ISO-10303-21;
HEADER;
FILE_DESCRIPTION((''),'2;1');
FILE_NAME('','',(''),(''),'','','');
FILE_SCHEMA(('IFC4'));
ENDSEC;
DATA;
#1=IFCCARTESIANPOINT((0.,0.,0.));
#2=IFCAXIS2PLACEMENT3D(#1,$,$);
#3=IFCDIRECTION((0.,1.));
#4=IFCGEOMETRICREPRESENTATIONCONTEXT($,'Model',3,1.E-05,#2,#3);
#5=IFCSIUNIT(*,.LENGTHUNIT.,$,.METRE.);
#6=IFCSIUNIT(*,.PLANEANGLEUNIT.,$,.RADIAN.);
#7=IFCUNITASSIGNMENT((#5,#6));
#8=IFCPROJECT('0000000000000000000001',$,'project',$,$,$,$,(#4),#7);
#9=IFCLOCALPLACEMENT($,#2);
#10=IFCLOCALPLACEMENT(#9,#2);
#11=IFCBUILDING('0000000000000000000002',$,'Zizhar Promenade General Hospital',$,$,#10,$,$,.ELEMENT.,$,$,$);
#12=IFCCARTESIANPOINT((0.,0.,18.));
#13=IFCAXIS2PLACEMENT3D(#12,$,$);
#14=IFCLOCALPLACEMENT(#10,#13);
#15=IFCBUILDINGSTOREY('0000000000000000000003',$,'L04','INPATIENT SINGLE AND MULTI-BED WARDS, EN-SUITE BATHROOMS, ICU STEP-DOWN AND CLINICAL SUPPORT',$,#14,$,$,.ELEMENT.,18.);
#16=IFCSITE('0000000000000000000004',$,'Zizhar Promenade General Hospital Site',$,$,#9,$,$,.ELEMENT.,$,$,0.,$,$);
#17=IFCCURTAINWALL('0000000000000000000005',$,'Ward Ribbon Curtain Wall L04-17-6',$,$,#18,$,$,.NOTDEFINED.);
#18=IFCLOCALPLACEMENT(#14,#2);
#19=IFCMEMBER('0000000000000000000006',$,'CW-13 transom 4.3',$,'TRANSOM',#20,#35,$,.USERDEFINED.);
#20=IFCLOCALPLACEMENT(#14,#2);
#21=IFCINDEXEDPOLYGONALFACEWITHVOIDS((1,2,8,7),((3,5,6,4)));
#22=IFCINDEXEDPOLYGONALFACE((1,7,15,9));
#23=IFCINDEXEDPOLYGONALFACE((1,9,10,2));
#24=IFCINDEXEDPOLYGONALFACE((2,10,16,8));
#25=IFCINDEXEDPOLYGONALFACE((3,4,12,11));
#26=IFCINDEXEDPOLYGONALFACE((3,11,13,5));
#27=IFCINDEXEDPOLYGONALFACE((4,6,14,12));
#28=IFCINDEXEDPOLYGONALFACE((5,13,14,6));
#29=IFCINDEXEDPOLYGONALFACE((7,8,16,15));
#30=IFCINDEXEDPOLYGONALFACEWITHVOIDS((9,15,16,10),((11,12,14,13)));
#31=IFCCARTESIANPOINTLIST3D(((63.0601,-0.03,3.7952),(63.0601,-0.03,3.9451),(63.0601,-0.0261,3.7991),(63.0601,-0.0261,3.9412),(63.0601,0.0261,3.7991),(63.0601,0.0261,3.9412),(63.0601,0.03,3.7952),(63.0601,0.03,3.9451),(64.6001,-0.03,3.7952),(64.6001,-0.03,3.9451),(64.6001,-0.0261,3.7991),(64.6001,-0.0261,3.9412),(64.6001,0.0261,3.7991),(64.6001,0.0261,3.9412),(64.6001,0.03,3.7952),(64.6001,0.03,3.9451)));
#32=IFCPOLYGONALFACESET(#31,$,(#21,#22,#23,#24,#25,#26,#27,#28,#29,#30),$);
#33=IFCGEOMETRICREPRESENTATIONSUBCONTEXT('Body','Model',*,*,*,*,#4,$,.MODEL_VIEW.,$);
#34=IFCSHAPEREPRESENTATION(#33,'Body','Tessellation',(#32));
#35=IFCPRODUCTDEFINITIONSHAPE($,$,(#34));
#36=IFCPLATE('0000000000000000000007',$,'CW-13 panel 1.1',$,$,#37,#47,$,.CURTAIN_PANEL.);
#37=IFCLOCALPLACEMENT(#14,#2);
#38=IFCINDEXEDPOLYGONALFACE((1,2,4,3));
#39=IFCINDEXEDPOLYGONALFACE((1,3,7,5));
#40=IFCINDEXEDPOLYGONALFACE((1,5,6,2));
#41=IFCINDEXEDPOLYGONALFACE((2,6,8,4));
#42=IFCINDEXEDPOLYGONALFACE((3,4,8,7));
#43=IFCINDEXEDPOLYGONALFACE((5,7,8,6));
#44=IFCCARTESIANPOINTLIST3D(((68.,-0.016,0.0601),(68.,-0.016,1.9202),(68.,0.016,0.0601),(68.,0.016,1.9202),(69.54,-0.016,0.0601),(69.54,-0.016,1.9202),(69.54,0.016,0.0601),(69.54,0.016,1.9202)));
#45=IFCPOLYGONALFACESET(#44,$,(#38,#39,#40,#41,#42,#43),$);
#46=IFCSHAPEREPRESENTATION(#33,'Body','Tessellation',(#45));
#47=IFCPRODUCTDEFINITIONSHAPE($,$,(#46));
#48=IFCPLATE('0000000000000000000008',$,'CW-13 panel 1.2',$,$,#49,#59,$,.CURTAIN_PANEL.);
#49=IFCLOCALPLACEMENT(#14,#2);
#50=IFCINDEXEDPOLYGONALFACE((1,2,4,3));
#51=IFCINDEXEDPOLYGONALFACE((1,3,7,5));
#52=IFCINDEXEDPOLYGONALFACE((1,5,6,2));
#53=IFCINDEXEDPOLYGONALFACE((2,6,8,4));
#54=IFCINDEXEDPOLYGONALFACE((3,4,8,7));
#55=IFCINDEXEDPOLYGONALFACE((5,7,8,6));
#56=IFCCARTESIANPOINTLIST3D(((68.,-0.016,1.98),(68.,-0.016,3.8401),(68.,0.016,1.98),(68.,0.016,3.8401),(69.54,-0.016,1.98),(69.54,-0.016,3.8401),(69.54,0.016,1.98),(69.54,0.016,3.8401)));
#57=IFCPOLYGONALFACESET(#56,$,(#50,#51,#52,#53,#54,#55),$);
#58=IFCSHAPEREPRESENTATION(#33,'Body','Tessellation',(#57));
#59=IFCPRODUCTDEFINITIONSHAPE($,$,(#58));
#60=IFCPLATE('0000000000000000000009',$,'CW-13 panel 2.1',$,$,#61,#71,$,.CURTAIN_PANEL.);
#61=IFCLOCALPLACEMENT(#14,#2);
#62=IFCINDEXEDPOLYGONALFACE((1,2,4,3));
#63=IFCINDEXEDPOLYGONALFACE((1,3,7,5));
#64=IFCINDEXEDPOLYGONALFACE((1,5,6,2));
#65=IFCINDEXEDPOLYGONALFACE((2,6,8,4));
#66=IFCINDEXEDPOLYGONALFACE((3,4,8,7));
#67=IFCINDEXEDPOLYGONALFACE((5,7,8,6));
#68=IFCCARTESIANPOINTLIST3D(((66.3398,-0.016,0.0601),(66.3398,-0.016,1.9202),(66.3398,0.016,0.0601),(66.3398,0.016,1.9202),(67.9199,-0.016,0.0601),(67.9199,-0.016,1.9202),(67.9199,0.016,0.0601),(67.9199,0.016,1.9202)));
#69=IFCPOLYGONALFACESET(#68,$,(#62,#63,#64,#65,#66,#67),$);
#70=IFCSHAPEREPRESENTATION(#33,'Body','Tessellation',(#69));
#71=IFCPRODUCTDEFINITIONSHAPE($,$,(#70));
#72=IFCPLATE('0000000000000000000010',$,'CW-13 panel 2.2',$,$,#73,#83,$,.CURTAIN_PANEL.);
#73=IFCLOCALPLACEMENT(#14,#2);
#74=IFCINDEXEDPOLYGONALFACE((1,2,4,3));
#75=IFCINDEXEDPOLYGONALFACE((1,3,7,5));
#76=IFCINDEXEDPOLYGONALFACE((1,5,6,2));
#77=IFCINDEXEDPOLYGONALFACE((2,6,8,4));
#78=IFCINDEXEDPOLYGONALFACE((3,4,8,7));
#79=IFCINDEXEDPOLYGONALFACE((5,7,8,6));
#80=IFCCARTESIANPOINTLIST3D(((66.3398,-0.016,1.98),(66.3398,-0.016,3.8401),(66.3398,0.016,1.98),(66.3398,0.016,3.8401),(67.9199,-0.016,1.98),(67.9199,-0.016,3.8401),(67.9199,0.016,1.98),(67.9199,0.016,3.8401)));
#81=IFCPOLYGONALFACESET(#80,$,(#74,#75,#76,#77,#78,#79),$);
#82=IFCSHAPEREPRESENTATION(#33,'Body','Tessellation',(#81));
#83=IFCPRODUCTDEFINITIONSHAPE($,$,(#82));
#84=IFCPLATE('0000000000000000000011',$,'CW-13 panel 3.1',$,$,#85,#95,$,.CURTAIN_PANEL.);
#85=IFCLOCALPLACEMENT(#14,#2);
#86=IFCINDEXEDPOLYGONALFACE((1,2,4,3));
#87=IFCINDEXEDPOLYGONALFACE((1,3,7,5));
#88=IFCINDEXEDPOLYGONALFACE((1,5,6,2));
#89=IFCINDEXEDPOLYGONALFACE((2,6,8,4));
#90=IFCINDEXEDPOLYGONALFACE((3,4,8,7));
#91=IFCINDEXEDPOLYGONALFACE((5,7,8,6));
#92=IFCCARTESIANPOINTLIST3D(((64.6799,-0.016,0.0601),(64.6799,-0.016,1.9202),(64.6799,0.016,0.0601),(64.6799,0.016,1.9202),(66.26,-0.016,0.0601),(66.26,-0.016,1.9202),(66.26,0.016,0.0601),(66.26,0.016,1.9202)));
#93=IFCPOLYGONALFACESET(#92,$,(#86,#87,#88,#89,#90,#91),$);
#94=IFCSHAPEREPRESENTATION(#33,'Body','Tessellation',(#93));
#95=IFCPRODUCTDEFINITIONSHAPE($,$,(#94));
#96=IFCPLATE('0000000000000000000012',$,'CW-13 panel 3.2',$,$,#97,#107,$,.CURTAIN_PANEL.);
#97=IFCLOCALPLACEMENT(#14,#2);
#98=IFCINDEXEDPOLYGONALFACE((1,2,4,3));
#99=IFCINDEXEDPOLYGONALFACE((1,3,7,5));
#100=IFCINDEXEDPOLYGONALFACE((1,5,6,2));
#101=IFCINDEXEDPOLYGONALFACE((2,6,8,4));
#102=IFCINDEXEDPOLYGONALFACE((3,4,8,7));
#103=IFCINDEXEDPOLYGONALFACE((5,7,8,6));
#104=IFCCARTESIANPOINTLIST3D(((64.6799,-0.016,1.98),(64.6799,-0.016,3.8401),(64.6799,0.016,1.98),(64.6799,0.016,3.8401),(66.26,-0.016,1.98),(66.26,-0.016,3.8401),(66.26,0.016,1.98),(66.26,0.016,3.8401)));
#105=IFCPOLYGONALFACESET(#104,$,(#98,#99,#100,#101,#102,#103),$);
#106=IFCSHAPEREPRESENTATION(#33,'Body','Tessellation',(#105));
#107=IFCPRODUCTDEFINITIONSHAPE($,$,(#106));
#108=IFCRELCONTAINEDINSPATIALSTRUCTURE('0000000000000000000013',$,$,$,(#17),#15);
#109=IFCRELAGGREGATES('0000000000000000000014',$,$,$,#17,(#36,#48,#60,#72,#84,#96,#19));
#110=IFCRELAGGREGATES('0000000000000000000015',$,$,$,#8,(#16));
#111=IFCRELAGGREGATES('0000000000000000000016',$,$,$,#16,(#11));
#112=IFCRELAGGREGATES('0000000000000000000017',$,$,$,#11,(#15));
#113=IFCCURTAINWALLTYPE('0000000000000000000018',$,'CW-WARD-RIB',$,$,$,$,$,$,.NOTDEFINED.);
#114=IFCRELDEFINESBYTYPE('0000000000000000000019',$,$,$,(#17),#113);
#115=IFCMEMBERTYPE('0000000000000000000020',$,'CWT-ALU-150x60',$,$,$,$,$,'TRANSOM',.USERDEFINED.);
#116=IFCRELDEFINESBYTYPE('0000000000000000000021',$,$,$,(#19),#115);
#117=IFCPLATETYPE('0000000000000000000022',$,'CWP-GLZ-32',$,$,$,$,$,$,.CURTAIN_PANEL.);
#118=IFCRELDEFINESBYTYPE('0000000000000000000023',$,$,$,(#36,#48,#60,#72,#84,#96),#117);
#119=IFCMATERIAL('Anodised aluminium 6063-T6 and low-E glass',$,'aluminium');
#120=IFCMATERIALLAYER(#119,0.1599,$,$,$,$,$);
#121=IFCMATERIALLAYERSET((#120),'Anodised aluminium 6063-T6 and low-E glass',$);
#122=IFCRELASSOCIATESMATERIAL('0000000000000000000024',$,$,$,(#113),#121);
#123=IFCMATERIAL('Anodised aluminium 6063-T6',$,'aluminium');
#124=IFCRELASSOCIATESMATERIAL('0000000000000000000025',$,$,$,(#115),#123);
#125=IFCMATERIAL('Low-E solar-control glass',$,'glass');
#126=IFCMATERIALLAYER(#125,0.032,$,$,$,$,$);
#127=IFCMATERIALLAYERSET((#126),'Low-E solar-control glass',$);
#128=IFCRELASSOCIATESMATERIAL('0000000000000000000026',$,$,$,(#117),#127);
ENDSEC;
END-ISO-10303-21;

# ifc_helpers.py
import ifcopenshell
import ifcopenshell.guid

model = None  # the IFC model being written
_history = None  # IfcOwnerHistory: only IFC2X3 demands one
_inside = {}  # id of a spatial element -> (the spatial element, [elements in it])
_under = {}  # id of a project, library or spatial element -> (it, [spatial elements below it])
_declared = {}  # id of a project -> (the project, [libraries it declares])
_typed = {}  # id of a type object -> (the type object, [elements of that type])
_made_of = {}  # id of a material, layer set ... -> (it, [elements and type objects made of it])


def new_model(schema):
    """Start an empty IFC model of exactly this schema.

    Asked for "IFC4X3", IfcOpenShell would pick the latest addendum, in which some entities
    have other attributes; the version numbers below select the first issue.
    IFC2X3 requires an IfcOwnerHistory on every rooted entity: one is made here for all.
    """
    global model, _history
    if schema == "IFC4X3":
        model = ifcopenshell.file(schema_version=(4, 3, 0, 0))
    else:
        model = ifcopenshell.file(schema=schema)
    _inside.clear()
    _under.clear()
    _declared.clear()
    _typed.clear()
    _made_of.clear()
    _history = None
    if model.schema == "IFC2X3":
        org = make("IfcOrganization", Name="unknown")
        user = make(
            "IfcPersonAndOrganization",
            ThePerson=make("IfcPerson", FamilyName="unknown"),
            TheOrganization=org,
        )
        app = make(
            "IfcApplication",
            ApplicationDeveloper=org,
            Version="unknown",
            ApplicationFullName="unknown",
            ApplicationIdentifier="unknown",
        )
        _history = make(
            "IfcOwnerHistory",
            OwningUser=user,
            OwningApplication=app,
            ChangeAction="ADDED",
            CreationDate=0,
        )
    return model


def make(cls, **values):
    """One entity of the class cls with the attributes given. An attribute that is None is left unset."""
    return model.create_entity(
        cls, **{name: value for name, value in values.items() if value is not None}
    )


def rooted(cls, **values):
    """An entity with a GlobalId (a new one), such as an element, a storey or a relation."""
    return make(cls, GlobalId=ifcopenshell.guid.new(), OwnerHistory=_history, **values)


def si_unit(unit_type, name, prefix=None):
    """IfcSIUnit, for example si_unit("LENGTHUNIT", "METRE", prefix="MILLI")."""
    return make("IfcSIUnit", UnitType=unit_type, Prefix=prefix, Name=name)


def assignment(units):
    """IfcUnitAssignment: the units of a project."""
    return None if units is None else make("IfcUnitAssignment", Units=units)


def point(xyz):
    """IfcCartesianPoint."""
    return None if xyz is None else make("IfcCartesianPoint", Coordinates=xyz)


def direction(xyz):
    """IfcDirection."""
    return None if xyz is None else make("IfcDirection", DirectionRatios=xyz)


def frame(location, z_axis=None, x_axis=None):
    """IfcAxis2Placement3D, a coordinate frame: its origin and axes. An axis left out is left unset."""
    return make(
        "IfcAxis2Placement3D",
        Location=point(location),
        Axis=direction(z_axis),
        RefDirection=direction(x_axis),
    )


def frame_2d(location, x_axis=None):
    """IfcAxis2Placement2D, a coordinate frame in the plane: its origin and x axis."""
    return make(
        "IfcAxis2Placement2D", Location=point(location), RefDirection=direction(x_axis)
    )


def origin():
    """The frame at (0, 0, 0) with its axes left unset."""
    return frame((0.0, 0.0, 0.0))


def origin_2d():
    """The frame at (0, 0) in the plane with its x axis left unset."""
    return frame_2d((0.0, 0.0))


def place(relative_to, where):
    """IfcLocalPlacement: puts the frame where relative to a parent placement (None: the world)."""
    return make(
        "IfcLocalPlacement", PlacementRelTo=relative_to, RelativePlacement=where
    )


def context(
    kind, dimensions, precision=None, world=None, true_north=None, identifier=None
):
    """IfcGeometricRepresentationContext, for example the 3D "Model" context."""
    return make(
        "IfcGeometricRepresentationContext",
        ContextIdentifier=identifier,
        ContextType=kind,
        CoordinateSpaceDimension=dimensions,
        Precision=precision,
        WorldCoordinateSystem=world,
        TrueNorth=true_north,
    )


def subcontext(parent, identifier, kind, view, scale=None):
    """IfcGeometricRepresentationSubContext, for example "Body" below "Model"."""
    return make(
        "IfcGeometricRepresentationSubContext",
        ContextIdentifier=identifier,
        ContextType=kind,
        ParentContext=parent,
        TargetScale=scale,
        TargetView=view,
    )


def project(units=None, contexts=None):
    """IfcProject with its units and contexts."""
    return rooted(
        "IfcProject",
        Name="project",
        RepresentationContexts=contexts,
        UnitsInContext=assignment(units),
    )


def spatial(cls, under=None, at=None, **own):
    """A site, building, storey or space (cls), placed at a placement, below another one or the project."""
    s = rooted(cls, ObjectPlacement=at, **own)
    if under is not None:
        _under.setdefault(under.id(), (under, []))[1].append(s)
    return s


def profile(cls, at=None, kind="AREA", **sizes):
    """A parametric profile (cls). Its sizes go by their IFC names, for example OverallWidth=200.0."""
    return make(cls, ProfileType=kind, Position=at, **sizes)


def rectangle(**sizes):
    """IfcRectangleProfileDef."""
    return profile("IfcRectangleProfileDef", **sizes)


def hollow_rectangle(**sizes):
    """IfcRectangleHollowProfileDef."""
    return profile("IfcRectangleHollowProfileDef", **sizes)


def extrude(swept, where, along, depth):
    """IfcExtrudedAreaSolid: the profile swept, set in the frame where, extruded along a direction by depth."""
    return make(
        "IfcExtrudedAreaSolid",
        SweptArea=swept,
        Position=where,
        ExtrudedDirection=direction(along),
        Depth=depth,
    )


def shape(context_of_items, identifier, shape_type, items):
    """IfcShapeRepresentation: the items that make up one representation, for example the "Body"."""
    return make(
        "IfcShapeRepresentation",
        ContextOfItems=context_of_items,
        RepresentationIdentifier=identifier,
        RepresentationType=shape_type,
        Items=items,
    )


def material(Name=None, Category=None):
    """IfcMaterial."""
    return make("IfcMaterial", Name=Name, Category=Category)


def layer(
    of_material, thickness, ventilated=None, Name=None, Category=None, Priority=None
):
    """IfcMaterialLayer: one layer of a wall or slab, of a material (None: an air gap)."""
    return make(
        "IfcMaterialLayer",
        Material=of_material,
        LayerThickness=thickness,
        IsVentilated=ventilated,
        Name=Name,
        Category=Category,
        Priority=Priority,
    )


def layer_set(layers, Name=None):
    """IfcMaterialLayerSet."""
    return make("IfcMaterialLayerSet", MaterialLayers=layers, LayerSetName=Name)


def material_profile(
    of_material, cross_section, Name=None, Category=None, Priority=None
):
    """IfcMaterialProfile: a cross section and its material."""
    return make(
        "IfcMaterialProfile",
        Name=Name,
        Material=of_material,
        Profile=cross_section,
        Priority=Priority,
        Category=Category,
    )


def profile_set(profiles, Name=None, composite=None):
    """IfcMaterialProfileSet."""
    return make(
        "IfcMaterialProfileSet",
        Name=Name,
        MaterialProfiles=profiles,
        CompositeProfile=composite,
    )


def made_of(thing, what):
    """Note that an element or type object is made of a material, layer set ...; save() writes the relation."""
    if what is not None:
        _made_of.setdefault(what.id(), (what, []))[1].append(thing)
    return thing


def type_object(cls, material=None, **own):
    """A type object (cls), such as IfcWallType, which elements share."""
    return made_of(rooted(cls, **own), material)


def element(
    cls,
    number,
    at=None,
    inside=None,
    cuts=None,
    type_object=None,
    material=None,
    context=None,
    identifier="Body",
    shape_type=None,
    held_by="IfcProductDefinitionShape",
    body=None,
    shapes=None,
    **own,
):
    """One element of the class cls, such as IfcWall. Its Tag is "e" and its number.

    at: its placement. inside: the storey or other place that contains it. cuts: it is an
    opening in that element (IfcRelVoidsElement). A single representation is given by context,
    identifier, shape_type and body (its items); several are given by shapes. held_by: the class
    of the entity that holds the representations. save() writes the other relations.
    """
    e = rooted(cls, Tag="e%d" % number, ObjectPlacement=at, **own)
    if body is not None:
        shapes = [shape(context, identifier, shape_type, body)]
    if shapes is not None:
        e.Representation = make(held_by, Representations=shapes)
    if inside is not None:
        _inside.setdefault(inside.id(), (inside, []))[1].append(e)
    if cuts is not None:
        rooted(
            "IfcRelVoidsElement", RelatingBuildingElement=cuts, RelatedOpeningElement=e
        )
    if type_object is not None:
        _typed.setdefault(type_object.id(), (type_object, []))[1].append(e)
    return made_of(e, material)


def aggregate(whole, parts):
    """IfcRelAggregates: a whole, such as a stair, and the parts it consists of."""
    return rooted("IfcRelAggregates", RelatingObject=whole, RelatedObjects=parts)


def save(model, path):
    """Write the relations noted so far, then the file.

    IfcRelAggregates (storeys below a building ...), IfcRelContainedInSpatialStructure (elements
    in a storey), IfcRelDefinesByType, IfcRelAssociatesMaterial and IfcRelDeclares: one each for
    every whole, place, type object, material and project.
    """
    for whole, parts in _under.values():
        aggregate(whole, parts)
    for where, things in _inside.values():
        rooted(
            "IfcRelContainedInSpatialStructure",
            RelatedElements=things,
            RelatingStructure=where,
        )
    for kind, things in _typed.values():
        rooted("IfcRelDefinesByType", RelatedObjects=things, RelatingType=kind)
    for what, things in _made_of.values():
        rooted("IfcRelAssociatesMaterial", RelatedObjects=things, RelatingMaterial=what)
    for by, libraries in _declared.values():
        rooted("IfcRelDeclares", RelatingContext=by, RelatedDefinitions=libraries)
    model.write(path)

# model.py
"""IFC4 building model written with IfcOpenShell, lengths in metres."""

from ifc_helpers import new_model, si_unit, direction, frame, origin, origin_2d, place, context, subcontext, project, spatial, rectangle, hollow_rectangle, extrude, material, layer, layer_set, material_profile, profile_set, type_object, element, aggregate, save


model = new_model("IFC4")

# Units and contexts
model_context = context("Model", 3, precision=1e-05, world=origin(), true_north=direction((0.0, 1.0)))
body_context = subcontext(model_context, "Body", "Model", "MODEL_VIEW")
ifc_project = project(units=[si_unit("LENGTHUNIT", "METRE"), si_unit("PLANEANGLEUNIT", "RADIAN")], contexts=[model_context])

# Site, building, storey
site_placement = place(None, origin())
site = spatial("IfcSite", under=ifc_project, at=site_placement, Name="Zizhar Promenade General Hospital Site", CompositionType="ELEMENT", RefElevation=0.0)
building_placement = place(site_placement, origin())
building = spatial("IfcBuilding", under=site, at=building_placement, Name="Zizhar Promenade General Hospital", CompositionType="ELEMENT")
storey_placement = place(building_placement, frame((0.0, 0.0, 18.0)))
storey = spatial("IfcBuildingStorey", under=building, at=storey_placement, Name="L04", Description="INPATIENT SINGLE AND MULTI-BED WARDS, EN-SUITE BATHROOMS, ICU STEP-DOWN AND CLINICAL SUPPORT", CompositionType="ELEMENT", Elevation=18.0)

# Curtain wall, member, plates
ifc_material_1 = material(Name="Anodised aluminium 6063-T6 and low-E glass", Category="aluminium")
ifc_layer_1 = layer(ifc_material_1, 0.1599)
ifc_layer_set_1 = layer_set([ifc_layer_1], Name="Anodised aluminium 6063-T6 and low-E glass")
curtain_wall_type = type_object("IfcCurtainWallType", Name="CW-WARD-RIB", PredefinedType="NOTDEFINED", material=ifc_layer_set_1)
curtain_wall_placement = place(storey_placement, origin())
curtain_wall = element("IfcCurtainWall", 1, at=curtain_wall_placement, inside=storey, type_object=curtain_wall_type, Name="Ward Ribbon Curtain Wall L04-17-6", PredefinedType="NOTDEFINED")
ifc_material_2 = material(Name="Anodised aluminium 6063-T6", Category="aluminium")
ifc_material_profile_1 = material_profile(ifc_material_2, hollow_rectangle(XDim=0.0601, YDim=0.1499, WallThickness=0.0039, at=origin_2d()))
ifc_profile_set_1 = profile_set([ifc_material_profile_1], Name="Anodised aluminium 6063-T6")
member_type_1 = type_object("IfcMemberType", Name="CWT-ALU-150x60", ElementType="TRANSOM", PredefinedType="USERDEFINED", material=ifc_profile_set_1)
member_1_placement = place(storey_placement, frame((64.6001, 0.0, 3.8701), z_axis=(-1.0, 0.0, 0.0), x_axis=(0.0, -1.0, 0.0)))
member_1 = element("IfcMember", 2, at=member_1_placement, type_object=member_type_1, Name="CW-13 transom 4.3", ObjectType="TRANSOM", PredefinedType="USERDEFINED", context=body_context, shape_type="SweptSolid", body=[
    extrude(hollow_rectangle(XDim=0.0601, YDim=0.1499, WallThickness=0.0039, at=origin_2d()), origin(), (0.0, 0.0, 1.0), 1.54),
])
ifc_material_3 = material(Name="Low-E solar-control glass", Category="glass")
ifc_layer_2 = layer(ifc_material_3, 0.032)
ifc_layer_set_2 = layer_set([ifc_layer_2], Name="Low-E solar-control glass")
plate_type = type_object("IfcPlateType", Name="CWP-GLZ-32", PredefinedType="CURTAIN_PANEL", material=ifc_layer_set_2)
plate_1_placement = place(storey_placement, frame((68.77, 0.0, 0.0601), z_axis=(0.0, 0.0, 1.0), x_axis=(-1.0, 0.0, 0.0)))
plate_1 = element("IfcPlate", 3, at=plate_1_placement, type_object=plate_type, Name="CW-13 panel 1.1", PredefinedType="CURTAIN_PANEL", context=body_context, shape_type="SweptSolid", body=[
    extrude(rectangle(XDim=1.54, YDim=0.032, at=origin_2d()), origin(), (0.0, 0.0, 1.0), 1.8601),
])
plate_2_placement = place(storey_placement, frame((68.77, 0.0, 1.98), z_axis=(0.0, 0.0, 1.0), x_axis=(-1.0, 0.0, 0.0)))
plate_2 = element("IfcPlate", 4, at=plate_2_placement, type_object=plate_type, Name="CW-13 panel 1.2", PredefinedType="CURTAIN_PANEL", context=body_context, shape_type="SweptSolid", body=[
    extrude(rectangle(XDim=1.54, YDim=0.032, at=origin_2d()), origin(), (0.0, 0.0, 1.0), 1.8601),
])
plate_3_placement = place(storey_placement, frame((67.1299, 0.0, 0.0601), z_axis=(0.0, 0.0, 1.0), x_axis=(-1.0, 0.0, 0.0)))
plate_3 = element("IfcPlate", 5, at=plate_3_placement, type_object=plate_type, Name="CW-13 panel 2.1", PredefinedType="CURTAIN_PANEL", context=body_context, shape_type="SweptSolid", body=[
    extrude(rectangle(XDim=1.5801, YDim=0.032, at=origin_2d()), origin(), (0.0, 0.0, 1.0), 1.8601),
])
plate_4_placement = place(storey_placement, frame((67.1299, 0.0, 1.98), z_axis=(0.0, 0.0, 1.0), x_axis=(-1.0, 0.0, 0.0)))
plate_4 = element("IfcPlate", 6, at=plate_4_placement, type_object=plate_type, Name="CW-13 panel 2.2", PredefinedType="CURTAIN_PANEL", context=body_context, shape_type="SweptSolid", body=[
    extrude(rectangle(XDim=1.5801, YDim=0.032, at=origin_2d()), origin(), (0.0, 0.0, 1.0), 1.8601),
])
plate_5_placement = place(storey_placement, frame((65.47, 0.0, 0.0601), z_axis=(0.0, 0.0, 1.0), x_axis=(-1.0, 0.0, 0.0)))
plate_5 = element("IfcPlate", 7, at=plate_5_placement, type_object=plate_type, Name="CW-13 panel 3.1", PredefinedType="CURTAIN_PANEL", context=body_context, shape_type="SweptSolid", body=[
    extrude(rectangle(XDim=1.5801, YDim=0.032, at=origin_2d()), origin(), (0.0, 0.0, 1.0), 1.8601),
])
plate_6_placement = place(storey_placement, frame((65.47, 0.0, 1.98), z_axis=(0.0, 0.0, 1.0), x_axis=(-1.0, 0.0, 0.0)))
plate_6 = element("IfcPlate", 8, at=plate_6_placement, type_object=plate_type, Name="CW-13 panel 3.2", PredefinedType="CURTAIN_PANEL", context=body_context, shape_type="SweptSolid", body=[
    extrude(rectangle(XDim=1.5801, YDim=0.032, at=origin_2d()), origin(), (0.0, 0.0, 1.0), 1.8601),
])
aggregate(curtain_wall, [plate_1, plate_2, plate_3, plate_4, plate_5, plate_6, member_1])

save(model, "model.ifc")
